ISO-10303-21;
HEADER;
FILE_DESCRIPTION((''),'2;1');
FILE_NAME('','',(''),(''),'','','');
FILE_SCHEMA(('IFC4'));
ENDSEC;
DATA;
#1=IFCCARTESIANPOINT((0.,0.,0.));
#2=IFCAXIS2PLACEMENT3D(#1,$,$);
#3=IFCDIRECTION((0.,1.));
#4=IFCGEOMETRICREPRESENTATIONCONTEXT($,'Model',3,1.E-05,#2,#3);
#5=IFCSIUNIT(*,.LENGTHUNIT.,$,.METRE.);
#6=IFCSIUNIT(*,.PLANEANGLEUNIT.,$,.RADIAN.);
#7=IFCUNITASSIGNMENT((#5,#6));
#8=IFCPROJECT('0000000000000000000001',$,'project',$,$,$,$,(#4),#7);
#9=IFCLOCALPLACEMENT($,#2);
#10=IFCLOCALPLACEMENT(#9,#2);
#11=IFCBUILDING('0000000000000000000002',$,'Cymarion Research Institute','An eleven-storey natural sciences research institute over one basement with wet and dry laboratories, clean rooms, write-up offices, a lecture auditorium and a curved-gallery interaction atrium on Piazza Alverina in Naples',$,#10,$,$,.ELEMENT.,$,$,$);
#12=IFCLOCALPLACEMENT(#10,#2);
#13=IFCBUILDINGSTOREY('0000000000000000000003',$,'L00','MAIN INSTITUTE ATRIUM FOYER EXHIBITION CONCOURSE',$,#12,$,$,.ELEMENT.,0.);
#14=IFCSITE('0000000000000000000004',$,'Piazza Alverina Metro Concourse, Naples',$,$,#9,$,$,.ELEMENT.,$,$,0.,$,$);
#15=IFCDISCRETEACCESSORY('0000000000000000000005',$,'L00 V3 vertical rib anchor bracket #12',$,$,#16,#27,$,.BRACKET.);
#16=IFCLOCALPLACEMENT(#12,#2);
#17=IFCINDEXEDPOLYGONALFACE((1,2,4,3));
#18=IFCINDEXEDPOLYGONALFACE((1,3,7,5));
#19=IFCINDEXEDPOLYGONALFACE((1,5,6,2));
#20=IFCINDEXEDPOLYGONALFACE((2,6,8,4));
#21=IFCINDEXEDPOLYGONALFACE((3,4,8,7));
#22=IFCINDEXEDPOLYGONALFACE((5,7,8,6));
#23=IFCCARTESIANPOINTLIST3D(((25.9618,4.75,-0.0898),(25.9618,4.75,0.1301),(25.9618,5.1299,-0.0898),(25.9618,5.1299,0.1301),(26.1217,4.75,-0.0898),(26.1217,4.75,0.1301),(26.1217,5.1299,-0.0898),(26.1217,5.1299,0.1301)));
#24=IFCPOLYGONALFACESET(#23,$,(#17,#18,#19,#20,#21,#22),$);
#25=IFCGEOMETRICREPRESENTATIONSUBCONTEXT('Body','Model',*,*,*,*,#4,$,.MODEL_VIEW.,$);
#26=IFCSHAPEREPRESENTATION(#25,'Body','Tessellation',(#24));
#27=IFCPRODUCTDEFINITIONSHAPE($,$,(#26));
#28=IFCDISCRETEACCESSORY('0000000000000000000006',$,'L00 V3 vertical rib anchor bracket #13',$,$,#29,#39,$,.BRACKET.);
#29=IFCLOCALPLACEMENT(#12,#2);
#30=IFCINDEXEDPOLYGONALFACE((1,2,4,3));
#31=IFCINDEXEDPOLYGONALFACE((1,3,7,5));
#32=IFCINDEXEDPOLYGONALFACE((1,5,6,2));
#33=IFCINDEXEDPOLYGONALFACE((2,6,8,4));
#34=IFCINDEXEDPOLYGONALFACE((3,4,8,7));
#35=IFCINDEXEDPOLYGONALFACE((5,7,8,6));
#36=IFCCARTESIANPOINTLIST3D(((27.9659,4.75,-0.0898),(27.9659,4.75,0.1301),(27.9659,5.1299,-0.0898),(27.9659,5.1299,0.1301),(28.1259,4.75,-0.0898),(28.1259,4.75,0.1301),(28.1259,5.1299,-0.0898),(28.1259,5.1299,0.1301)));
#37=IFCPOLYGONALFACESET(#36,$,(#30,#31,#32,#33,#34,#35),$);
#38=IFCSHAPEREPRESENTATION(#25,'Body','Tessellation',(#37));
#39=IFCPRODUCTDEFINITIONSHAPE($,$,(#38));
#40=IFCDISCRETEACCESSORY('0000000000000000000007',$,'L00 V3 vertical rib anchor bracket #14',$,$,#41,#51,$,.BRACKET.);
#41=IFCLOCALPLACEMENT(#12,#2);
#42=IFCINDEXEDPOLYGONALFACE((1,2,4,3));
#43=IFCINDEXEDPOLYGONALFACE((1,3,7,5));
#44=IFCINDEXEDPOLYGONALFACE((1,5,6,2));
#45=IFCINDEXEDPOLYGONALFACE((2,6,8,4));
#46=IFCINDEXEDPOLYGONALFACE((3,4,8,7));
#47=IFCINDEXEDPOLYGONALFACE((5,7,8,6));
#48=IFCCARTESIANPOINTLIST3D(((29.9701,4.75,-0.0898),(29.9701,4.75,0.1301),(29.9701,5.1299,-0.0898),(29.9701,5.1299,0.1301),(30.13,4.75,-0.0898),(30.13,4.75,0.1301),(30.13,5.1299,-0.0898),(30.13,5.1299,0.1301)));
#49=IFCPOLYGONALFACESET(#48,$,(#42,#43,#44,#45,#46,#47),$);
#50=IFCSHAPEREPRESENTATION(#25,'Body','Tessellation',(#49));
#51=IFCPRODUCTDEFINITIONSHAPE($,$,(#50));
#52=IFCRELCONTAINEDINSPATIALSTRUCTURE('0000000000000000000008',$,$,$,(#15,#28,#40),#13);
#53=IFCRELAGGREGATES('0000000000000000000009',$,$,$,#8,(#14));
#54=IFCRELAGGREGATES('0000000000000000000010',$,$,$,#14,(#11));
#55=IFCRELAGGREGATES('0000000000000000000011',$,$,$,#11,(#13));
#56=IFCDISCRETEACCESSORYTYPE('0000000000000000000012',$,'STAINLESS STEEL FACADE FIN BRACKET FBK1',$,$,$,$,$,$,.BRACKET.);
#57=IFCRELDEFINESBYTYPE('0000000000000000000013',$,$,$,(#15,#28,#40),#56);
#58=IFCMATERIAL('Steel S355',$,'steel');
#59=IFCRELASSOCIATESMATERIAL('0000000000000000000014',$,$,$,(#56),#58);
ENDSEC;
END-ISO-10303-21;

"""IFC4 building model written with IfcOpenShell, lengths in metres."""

from ifc_helpers import new_model, si_unit, direction, frame, origin, origin_2d, place, context, subcontext, project, spatial, rectangle, extrude, material, type_object, element, save


model = new_model("IFC4")

# Units and contexts
model_context = context("Model", 3, precision=1e-05, world=origin(), true_north=direction((0.0, 1.0)))
body_context = subcontext(model_context, "Body", "Model", "MODEL_VIEW")
ifc_project = project(units=[si_unit("LENGTHUNIT", "METRE"), si_unit("PLANEANGLEUNIT", "RADIAN")], contexts=[model_context])

# Site, building, storey
site_placement = place(None, origin())
site = spatial("IfcSite", under=ifc_project, at=site_placement, Name="Piazza Alverina Metro Concourse, Naples", CompositionType="ELEMENT", RefElevation=0.0)
building_placement = place(site_placement, origin())
building = spatial("IfcBuilding", under=site, at=building_placement, Name="Cymarion Research Institute", Description="An eleven-storey natural sciences research institute over one basement with wet and dry laboratories, clean rooms, write-up offices, a lecture auditorium and a curved-gallery interaction atrium on Piazza Alverina in Naples", CompositionType="ELEMENT")
storey_placement = place(building_placement, origin())
storey = spatial("IfcBuildingStorey", under=building, at=storey_placement, Name="L00", Description="MAIN INSTITUTE ATRIUM FOYER EXHIBITION CONCOURSE", CompositionType="ELEMENT", Elevation=0.0)

# Shared definitions
ifc_material_1 = material(Name="Steel S355", Category="steel")

# Discrete accessories
discrete_accessory_type = type_object("IfcDiscreteAccessoryType", Name="STAINLESS STEEL FACADE FIN BRACKET FBK1", PredefinedType="BRACKET", material=ifc_material_1)
for number, where, z_axis, x_axis, name in (
    (1, (26.0417, 4.9399, -0.0898), (0.0, 0.0, 1.0), (0.0, -1.0, 0.0), "L00 V3 vertical rib anchor bracket #12"),
    (2, (28.0459, 4.9399, -0.0898), (0.0, 0.0, 1.0), (0.0, -1.0, 0.0), "L00 V3 vertical rib anchor bracket #13"),
    (3, (30.05, 4.9399, -0.0898), (0.0, 0.0, 1.0), (0.0, -1.0, 0.0), "L00 V3 vertical rib anchor bracket #14"),
):
    element("IfcDiscreteAccessory", number, at=place(storey_placement, frame(where, z_axis=z_axis, x_axis=x_axis)), inside=storey, type_object=discrete_accessory_type, Name=name, PredefinedType="BRACKET", context=body_context, shape_type="SweptSolid", body=[
        extrude(rectangle(XDim=0.3799, YDim=0.1599, at=origin_2d()), origin(), (0.0, 0.0, 1.0), 0.22),
    ])

save(model, "model.ifc")
